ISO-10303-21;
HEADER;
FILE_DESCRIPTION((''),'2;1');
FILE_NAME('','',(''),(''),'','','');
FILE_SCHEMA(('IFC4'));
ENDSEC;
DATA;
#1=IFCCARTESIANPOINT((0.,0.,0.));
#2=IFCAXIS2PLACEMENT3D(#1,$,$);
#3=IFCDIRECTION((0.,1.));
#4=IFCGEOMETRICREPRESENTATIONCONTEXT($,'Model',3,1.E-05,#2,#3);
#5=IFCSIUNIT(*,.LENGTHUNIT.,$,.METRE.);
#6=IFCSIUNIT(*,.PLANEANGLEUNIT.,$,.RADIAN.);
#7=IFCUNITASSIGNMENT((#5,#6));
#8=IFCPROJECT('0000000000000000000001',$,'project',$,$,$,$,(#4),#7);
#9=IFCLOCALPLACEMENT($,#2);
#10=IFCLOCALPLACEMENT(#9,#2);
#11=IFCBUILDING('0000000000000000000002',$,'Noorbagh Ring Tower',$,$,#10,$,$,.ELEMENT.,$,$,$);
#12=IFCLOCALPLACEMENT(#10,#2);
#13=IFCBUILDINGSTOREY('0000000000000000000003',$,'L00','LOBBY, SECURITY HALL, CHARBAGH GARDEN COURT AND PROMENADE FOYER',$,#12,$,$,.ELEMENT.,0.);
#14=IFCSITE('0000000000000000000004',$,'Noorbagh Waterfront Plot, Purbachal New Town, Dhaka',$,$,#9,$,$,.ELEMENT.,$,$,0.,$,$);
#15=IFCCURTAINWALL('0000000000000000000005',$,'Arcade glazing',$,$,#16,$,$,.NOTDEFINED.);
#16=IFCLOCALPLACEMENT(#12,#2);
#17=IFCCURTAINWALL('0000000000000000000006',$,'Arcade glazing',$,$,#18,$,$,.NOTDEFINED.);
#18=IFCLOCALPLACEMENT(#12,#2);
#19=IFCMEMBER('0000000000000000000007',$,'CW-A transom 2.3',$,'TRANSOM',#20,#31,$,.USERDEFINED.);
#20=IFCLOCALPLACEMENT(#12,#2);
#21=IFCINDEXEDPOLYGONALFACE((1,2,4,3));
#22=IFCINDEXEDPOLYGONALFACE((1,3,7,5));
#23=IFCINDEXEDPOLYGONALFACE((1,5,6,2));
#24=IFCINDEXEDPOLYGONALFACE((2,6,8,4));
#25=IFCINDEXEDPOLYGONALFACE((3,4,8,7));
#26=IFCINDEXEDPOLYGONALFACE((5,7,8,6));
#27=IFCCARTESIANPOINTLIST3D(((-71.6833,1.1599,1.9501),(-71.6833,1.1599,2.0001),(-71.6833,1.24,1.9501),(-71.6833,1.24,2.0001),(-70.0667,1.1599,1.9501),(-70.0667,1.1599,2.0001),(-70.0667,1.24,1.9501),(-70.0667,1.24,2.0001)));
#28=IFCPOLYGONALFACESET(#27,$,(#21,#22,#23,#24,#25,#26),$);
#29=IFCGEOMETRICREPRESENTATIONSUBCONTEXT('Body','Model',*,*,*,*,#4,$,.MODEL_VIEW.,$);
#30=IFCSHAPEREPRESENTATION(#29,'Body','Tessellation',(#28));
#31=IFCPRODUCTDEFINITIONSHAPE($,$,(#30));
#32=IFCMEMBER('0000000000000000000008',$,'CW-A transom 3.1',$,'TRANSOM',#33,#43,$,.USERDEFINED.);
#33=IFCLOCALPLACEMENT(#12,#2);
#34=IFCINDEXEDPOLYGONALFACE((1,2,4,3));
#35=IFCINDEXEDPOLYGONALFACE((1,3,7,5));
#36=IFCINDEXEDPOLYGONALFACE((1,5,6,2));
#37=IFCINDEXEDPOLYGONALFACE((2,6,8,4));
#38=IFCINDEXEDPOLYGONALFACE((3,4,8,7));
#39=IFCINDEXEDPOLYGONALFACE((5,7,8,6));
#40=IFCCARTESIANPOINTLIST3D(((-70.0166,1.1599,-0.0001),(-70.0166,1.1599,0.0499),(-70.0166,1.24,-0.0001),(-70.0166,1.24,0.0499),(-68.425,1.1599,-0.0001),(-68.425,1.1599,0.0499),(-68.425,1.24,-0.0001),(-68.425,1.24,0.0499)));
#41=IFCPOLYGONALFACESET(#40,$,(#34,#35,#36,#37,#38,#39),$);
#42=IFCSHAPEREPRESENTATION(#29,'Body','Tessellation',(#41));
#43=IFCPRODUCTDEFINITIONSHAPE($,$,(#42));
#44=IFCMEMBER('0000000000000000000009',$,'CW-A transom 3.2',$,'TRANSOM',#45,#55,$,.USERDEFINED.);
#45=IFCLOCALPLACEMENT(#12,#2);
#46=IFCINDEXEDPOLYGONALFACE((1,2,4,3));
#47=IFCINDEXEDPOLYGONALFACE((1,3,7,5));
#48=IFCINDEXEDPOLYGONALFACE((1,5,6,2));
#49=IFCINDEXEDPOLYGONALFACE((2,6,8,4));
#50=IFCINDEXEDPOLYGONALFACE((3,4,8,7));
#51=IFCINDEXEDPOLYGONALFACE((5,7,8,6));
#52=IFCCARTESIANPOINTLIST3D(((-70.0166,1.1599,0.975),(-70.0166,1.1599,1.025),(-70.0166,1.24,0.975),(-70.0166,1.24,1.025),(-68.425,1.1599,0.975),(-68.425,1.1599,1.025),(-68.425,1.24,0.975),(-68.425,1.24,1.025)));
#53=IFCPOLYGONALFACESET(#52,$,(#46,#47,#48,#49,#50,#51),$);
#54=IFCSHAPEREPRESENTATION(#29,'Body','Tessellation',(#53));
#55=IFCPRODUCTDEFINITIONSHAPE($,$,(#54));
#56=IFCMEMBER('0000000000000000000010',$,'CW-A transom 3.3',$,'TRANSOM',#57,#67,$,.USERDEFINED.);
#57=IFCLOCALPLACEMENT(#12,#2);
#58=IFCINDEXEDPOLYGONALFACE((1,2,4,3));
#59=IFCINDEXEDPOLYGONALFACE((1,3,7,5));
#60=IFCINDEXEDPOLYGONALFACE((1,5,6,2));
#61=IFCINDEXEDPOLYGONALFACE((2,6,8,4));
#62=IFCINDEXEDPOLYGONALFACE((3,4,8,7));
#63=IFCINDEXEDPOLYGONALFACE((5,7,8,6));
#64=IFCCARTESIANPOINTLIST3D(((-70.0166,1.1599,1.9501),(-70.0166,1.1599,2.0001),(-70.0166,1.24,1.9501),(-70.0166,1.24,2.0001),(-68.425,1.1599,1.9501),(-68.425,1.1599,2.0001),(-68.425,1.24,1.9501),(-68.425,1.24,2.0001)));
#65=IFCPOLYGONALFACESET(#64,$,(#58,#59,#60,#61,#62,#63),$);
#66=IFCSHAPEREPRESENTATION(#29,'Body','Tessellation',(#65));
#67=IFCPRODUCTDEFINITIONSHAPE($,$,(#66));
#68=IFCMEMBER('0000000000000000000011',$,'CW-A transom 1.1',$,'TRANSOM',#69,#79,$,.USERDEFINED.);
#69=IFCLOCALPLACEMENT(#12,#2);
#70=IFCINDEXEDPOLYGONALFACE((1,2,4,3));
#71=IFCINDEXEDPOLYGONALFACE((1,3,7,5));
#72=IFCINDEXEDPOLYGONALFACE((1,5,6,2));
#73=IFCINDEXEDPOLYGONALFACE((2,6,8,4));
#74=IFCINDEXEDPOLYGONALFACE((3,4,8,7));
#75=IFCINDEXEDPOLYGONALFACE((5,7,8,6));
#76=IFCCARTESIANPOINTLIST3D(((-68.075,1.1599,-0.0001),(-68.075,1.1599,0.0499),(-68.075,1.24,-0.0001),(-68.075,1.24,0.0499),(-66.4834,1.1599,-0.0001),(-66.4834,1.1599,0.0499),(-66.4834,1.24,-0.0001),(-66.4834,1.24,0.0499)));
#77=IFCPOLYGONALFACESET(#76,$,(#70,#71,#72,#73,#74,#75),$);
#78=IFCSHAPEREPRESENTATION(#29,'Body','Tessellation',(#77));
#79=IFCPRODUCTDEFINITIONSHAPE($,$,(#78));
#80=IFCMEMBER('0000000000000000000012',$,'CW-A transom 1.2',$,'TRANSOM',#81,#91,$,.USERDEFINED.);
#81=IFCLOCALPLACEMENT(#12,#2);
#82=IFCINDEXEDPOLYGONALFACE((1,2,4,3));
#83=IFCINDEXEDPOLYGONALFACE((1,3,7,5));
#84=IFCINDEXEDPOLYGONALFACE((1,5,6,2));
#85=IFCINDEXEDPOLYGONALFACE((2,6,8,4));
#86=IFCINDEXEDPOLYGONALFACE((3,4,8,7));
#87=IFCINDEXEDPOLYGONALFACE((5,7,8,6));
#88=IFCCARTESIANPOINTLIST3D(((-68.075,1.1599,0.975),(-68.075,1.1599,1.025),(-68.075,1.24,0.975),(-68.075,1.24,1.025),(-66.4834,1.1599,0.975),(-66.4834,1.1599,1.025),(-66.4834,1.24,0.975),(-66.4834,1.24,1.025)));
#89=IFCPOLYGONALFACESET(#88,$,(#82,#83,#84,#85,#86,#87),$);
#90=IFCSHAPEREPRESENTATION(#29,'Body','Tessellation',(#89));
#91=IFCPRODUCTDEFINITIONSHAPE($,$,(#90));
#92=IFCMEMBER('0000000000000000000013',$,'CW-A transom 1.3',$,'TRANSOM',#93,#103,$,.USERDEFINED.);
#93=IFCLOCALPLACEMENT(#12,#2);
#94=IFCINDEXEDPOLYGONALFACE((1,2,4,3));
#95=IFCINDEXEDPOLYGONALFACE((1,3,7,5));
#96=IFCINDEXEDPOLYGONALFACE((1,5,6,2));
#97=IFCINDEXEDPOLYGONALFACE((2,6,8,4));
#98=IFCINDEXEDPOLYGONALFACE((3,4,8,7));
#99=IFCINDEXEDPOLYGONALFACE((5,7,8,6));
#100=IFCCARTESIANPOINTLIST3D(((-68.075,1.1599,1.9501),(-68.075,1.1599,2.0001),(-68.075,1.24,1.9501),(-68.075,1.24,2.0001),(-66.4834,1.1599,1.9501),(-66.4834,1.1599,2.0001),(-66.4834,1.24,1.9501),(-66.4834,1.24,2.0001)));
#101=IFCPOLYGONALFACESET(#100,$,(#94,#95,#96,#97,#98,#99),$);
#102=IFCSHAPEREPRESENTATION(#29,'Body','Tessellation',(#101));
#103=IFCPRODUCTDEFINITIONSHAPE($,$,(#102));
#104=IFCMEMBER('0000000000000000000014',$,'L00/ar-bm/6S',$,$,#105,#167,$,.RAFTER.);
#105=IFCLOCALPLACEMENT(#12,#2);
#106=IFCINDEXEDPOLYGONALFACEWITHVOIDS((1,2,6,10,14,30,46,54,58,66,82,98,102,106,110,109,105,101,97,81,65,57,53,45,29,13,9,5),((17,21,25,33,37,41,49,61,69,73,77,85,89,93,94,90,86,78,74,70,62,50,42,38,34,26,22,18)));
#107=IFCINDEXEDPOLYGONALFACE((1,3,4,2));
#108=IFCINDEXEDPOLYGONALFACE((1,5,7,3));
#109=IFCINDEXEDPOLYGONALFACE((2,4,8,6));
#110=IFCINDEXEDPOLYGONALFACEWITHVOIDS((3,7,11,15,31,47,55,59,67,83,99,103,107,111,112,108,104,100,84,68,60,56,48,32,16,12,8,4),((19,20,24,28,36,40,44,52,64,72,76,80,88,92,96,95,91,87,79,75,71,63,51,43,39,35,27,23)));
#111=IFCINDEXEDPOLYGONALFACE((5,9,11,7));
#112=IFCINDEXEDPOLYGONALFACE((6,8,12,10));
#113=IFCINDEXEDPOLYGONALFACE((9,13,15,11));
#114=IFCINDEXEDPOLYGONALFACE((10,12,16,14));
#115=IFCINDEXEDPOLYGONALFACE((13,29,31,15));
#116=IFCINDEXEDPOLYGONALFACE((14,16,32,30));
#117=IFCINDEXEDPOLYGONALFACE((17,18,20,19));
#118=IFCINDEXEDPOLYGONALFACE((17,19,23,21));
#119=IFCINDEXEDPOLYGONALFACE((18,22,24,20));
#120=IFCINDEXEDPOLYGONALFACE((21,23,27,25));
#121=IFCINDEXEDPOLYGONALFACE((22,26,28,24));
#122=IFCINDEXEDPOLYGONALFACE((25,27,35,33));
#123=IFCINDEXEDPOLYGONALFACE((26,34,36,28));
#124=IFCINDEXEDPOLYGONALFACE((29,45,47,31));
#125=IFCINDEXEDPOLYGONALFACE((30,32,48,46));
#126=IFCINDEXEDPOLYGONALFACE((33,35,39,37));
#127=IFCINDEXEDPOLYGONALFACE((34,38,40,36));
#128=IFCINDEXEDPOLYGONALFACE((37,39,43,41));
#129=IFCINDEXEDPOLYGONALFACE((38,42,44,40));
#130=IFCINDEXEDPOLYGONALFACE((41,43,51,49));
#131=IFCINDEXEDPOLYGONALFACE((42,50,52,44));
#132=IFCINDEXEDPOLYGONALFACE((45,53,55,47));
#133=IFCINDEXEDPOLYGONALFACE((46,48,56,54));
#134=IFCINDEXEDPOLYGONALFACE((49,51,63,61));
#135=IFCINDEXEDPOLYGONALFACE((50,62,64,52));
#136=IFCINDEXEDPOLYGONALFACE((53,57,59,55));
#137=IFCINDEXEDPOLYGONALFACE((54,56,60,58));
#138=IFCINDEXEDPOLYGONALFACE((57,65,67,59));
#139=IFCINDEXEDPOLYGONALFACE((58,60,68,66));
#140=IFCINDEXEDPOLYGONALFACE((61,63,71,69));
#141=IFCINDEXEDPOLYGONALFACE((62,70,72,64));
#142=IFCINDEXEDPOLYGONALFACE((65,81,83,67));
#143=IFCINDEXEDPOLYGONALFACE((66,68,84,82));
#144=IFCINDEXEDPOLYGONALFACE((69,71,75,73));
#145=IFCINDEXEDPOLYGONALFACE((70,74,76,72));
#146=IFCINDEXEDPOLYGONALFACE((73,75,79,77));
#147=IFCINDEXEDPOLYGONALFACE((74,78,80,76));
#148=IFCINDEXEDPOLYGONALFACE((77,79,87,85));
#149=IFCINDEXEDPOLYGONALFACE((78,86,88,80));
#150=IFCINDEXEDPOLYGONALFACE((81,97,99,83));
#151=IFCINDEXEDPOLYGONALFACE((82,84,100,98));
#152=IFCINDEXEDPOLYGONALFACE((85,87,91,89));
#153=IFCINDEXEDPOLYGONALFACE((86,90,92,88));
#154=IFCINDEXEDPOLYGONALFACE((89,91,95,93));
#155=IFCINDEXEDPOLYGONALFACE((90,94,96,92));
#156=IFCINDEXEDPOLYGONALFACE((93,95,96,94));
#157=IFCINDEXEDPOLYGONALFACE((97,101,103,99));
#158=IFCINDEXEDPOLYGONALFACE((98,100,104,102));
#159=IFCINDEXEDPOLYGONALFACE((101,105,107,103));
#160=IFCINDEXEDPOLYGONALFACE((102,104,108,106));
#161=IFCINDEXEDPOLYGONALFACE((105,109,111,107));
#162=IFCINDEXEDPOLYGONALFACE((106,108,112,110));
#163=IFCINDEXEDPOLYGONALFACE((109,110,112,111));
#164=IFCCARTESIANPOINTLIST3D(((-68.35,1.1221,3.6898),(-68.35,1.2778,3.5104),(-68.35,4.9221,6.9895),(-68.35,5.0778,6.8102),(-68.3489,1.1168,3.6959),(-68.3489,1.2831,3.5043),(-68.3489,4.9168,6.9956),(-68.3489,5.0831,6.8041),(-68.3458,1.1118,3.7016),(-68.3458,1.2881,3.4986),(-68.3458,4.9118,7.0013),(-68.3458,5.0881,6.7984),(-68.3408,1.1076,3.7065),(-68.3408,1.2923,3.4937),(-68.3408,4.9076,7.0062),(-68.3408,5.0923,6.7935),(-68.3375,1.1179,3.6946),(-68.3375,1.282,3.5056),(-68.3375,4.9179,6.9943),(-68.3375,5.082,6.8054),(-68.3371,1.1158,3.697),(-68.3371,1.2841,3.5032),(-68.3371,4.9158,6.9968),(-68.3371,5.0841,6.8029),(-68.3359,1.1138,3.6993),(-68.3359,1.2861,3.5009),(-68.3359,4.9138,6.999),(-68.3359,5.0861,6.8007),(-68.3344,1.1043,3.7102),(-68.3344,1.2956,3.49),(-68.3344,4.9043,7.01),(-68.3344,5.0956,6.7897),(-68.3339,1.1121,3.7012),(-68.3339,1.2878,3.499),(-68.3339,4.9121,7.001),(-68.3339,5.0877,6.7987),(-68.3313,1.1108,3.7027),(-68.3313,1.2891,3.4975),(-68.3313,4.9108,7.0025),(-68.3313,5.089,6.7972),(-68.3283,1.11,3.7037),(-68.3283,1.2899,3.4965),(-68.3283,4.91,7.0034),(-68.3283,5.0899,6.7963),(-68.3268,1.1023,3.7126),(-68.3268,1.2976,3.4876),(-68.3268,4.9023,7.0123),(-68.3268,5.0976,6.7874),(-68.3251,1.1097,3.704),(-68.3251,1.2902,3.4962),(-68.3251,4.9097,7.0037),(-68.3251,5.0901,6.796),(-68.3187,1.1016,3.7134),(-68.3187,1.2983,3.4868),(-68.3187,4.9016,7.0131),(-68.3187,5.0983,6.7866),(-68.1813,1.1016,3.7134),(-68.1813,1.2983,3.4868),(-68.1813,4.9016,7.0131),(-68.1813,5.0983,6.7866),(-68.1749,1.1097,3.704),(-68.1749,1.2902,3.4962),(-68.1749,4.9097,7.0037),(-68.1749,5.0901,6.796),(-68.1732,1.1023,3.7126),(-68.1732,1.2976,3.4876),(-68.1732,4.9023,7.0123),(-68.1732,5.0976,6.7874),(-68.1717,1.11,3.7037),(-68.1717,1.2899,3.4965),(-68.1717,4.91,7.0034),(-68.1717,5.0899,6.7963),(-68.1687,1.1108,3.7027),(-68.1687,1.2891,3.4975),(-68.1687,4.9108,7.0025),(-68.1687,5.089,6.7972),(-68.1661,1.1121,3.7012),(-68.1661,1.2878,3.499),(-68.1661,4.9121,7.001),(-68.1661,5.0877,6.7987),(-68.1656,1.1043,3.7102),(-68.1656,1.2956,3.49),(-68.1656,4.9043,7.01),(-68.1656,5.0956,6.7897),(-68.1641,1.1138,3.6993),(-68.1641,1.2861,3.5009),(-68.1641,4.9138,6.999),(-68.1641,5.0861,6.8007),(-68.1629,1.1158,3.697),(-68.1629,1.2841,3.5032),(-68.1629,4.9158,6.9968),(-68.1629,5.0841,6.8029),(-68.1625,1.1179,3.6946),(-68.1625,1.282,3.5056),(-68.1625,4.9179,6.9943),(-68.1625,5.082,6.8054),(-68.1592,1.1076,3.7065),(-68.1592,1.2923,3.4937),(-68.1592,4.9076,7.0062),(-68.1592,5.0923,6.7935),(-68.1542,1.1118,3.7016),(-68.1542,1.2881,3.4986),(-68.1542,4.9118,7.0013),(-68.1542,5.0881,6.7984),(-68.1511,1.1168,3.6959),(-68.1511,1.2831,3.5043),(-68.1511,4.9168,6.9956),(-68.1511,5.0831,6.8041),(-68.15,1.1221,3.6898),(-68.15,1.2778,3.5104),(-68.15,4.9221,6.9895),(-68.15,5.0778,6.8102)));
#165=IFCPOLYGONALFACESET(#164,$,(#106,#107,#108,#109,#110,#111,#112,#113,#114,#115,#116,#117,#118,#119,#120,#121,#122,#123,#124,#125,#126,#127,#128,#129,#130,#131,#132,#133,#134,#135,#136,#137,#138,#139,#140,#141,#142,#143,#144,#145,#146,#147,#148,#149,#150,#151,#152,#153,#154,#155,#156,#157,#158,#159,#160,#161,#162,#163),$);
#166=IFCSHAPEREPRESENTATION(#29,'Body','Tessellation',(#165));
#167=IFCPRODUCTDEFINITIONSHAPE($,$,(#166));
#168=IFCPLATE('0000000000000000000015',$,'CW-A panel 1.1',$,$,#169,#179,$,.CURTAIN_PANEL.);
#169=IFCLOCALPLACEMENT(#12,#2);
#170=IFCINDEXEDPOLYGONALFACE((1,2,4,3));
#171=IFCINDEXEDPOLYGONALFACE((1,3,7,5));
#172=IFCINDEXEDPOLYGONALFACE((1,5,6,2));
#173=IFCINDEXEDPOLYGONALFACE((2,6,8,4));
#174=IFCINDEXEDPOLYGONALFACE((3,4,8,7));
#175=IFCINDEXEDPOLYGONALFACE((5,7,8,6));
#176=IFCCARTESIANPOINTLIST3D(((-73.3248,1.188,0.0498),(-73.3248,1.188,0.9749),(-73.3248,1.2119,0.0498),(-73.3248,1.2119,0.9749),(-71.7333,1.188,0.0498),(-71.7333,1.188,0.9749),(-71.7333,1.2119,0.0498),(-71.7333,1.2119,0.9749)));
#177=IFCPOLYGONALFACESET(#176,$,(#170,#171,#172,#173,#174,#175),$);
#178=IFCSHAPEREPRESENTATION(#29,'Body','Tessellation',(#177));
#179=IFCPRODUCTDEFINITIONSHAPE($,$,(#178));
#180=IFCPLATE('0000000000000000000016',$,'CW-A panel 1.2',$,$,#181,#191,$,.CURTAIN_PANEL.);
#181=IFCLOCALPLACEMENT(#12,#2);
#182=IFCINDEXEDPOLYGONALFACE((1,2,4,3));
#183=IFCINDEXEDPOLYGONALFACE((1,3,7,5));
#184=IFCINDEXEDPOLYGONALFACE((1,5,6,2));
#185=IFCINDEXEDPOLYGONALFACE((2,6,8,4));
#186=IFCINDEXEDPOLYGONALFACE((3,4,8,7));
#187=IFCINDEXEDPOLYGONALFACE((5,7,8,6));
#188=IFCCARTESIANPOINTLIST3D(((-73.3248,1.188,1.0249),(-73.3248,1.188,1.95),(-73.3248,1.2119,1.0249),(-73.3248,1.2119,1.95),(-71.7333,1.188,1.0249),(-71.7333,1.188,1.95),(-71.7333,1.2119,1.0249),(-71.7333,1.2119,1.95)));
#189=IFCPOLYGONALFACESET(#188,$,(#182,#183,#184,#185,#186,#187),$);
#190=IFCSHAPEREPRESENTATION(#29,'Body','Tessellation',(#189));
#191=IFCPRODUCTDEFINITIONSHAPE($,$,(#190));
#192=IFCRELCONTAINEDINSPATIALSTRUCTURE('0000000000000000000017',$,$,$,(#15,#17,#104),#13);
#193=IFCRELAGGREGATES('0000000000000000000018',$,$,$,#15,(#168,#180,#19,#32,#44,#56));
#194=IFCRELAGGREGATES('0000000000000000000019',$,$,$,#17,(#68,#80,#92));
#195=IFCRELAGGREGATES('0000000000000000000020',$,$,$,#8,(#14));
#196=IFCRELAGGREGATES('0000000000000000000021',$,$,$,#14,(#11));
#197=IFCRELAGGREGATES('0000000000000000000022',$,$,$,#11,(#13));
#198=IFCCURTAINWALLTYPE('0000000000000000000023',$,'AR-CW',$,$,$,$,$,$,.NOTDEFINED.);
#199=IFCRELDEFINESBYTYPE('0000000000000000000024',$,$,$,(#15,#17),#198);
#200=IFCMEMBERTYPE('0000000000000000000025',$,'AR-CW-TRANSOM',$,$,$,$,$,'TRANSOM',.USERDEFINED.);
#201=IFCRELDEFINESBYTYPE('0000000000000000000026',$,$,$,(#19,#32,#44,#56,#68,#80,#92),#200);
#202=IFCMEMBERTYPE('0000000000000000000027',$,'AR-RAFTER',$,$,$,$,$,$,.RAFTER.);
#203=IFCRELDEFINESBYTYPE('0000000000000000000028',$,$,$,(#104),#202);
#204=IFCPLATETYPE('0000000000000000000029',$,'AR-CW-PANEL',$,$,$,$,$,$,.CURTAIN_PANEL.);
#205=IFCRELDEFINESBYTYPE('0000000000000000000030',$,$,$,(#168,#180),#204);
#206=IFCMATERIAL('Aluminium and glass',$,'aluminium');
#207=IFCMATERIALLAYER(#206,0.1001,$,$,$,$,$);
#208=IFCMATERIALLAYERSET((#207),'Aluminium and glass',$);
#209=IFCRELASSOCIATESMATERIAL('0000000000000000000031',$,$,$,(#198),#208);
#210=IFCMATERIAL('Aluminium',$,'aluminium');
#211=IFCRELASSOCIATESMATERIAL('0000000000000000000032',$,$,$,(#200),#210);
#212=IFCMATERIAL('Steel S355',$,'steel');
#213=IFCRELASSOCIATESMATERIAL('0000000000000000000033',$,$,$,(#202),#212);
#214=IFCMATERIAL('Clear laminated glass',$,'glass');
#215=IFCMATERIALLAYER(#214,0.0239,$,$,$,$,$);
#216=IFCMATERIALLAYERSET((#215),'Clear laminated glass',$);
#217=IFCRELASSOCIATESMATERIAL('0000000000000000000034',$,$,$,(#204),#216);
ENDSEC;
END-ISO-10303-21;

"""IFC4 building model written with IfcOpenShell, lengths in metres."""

from ifc_helpers import new_model, si_unit, direction, frame, origin, origin_2d, place, context, subcontext, project, spatial, rectangle, hollow_rectangle, extrude, material, layer, layer_set, material_profile, profile_set, type_object, element, aggregate, save


model = new_model("IFC4")

# Units and contexts
model_context = context("Model", 3, precision=1e-05, world=origin(), true_north=direction((0.0, 1.0)))
body_context = subcontext(model_context, "Body", "Model", "MODEL_VIEW")
ifc_project = project(units=[si_unit("LENGTHUNIT", "METRE"), si_unit("PLANEANGLEUNIT", "RADIAN")], contexts=[model_context])

# Site, building, storey
site_placement = place(None, origin())
site = spatial("IfcSite", under=ifc_project, at=site_placement, Name="Noorbagh Waterfront Plot, Purbachal New Town, Dhaka", CompositionType="ELEMENT", RefElevation=0.0)
building_placement = place(site_placement, origin())
building = spatial("IfcBuilding", under=site, at=building_placement, Name="Noorbagh Ring Tower", CompositionType="ELEMENT")
storey_placement = place(building_placement, origin())
storey = spatial("IfcBuildingStorey", under=building, at=storey_placement, Name="L00", Description="LOBBY, SECURITY HALL, CHARBAGH GARDEN COURT AND PROMENADE FOYER", CompositionType="ELEMENT", Elevation=0.0)

# Curtain wall
ifc_material_1 = material(Name="Aluminium and glass", Category="aluminium")
ifc_layer_1 = layer(ifc_material_1, 0.1001)
ifc_layer_set_1 = layer_set([ifc_layer_1], Name="Aluminium and glass")
curtain_wall_type = type_object("IfcCurtainWallType", Name="AR-CW", PredefinedType="NOTDEFINED", material=ifc_layer_set_1)
curtain_wall_1_placement = place(storey_placement, origin())
curtain_wall_1 = element("IfcCurtainWall", 1, at=curtain_wall_1_placement, inside=storey, type_object=curtain_wall_type, Name="Arcade glazing", PredefinedType="NOTDEFINED")

# Curtain wall
curtain_wall_2_placement = place(storey_placement, origin())
curtain_wall_2 = element("IfcCurtainWall", 2, at=curtain_wall_2_placement, inside=storey, type_object=curtain_wall_type, Name="Arcade glazing", PredefinedType="NOTDEFINED")

# Members
ifc_material_2 = material(Name="Aluminium", Category="aluminium")
ifc_material_profile_1 = material_profile(ifc_material_2, rectangle(XDim=0.0801, YDim=0.05, at=origin_2d()), Name="AL 80x50")
ifc_profile_set_1 = profile_set([ifc_material_profile_1], Name="Aluminium")
member_type_1 = type_object("IfcMemberType", Name="AR-CW-TRANSOM", ElementType="TRANSOM", PredefinedType="USERDEFINED", material=ifc_profile_set_1)
member_1_placement = place(storey_placement, frame((-71.6833, 1.2, 1.9751), z_axis=(1.0, 0.0, 0.0), x_axis=(0.0, 1.0, 0.0)))
member_1 = element("IfcMember", 3, at=member_1_placement, type_object=member_type_1, Name="CW-A transom 2.3", ObjectType="TRANSOM", PredefinedType="USERDEFINED", context=body_context, shape_type="SweptSolid", body=[
    extrude(rectangle(XDim=0.0801, YDim=0.05, at=origin_2d()), origin(), (0.0, 0.0, 1.0), 1.6167),
])
member_2_placement = place(storey_placement, frame((-70.0166, 1.2, 0.0249), z_axis=(1.0, 0.0, 0.0), x_axis=(0.0, 1.0, 0.0)))
member_2 = element("IfcMember", 4, at=member_2_placement, type_object=member_type_1, Name="CW-A transom 3.1", ObjectType="TRANSOM", PredefinedType="USERDEFINED", context=body_context, shape_type="SweptSolid", body=[
    extrude(rectangle(XDim=0.0801, YDim=0.05, at=origin_2d()), origin(), (0.0, 0.0, 1.0), 1.5916),
])
member_3_placement = place(storey_placement, frame((-70.0166, 1.2, 1.0), z_axis=(1.0, 0.0, 0.0), x_axis=(0.0, 1.0, 0.0)))
member_3 = element("IfcMember", 5, at=member_3_placement, type_object=member_type_1, Name="CW-A transom 3.2", ObjectType="TRANSOM", PredefinedType="USERDEFINED", context=body_context, shape_type="SweptSolid", body=[
    extrude(rectangle(XDim=0.0801, YDim=0.05, at=origin_2d()), origin(), (0.0, 0.0, 1.0), 1.5916),
])
member_4_placement = place(storey_placement, frame((-70.0166, 1.2, 1.9751), z_axis=(1.0, 0.0, 0.0), x_axis=(0.0, 1.0, 0.0)))
member_4 = element("IfcMember", 6, at=member_4_placement, type_object=member_type_1, Name="CW-A transom 3.3", ObjectType="TRANSOM", PredefinedType="USERDEFINED", context=body_context, shape_type="SweptSolid", body=[
    extrude(rectangle(XDim=0.0801, YDim=0.05, at=origin_2d()), origin(), (0.0, 0.0, 1.0), 1.5916),
])
member_5_placement = place(storey_placement, frame((-68.075, 1.2, 0.0249), z_axis=(1.0, 0.0, 0.0), x_axis=(0.0, 1.0, 0.0)))
member_5 = element("IfcMember", 7, at=member_5_placement, type_object=member_type_1, Name="CW-A transom 1.1", ObjectType="TRANSOM", PredefinedType="USERDEFINED", context=body_context, shape_type="SweptSolid", body=[
    extrude(rectangle(XDim=0.0801, YDim=0.05, at=origin_2d()), origin(), (0.0, 0.0, 1.0), 1.5916),
])
member_6_placement = place(storey_placement, frame((-68.075, 1.2, 1.0), z_axis=(1.0, 0.0, 0.0), x_axis=(0.0, 1.0, 0.0)))
member_6 = element("IfcMember", 8, at=member_6_placement, type_object=member_type_1, Name="CW-A transom 1.2", ObjectType="TRANSOM", PredefinedType="USERDEFINED", context=body_context, shape_type="SweptSolid", body=[
    extrude(rectangle(XDim=0.0801, YDim=0.05, at=origin_2d()), origin(), (0.0, 0.0, 1.0), 1.5916),
])
member_7_placement = place(storey_placement, frame((-68.075, 1.2, 1.9751), z_axis=(1.0, 0.0, 0.0), x_axis=(0.0, 1.0, 0.0)))
member_7 = element("IfcMember", 9, at=member_7_placement, type_object=member_type_1, Name="CW-A transom 1.3", ObjectType="TRANSOM", PredefinedType="USERDEFINED", context=body_context, shape_type="SweptSolid", body=[
    extrude(rectangle(XDim=0.0801, YDim=0.05, at=origin_2d()), origin(), (0.0, 0.0, 1.0), 1.5916),
])
ifc_material_3 = material(Name="Steel S355", Category="steel")
ifc_material_profile_2 = material_profile(ifc_material_3, hollow_rectangle(XDim=0.2, YDim=0.3, WallThickness=0.0125, InnerFilletRadius=0.0125, OuterFilletRadius=0.0312, at=origin_2d()), Name="RHS300x200x12.5")
ifc_profile_set_2 = profile_set([ifc_material_profile_2], Name="Steel S355")
member_type_2 = type_object("IfcMemberType", Name="AR-RAFTER", PredefinedType="RAFTER", material=ifc_profile_set_2)
member_8_placement = place(storey_placement, frame((-68.25, 1.2, 3.6001), z_axis=(0.0, 0.755057, 0.65566), x_axis=(-1.0, 0.0, 0.0)))
element("IfcMember", 10, at=member_8_placement, inside=storey, type_object=member_type_2, Name="L00/ar-bm/6S", PredefinedType="RAFTER", context=body_context, shape_type="SweptSolid", body=[
    extrude(hollow_rectangle(XDim=0.2, YDim=0.3, WallThickness=0.0125, InnerFilletRadius=0.0125, OuterFilletRadius=0.0312, at=origin_2d()), origin(), (0.0, 0.0, 1.0), 5.0327),
])

# Plates
ifc_material_4 = material(Name="Clear laminated glass", Category="glass")
ifc_layer_2 = layer(ifc_material_4, 0.0239)
ifc_layer_set_2 = layer_set([ifc_layer_2], Name="Clear laminated glass")
plate_type = type_object("IfcPlateType", Name="AR-CW-PANEL", PredefinedType="CURTAIN_PANEL", material=ifc_layer_set_2)
plate_1_placement = place(storey_placement, frame((-72.5291, 1.2, 0.0498), z_axis=(0.0, 0.0, 1.0), x_axis=(1.0, 0.0, 0.0)))
plate_1 = element("IfcPlate", 11, at=plate_1_placement, type_object=plate_type, Name="CW-A panel 1.1", PredefinedType="CURTAIN_PANEL", context=body_context, shape_type="SweptSolid", body=[
    extrude(rectangle(XDim=1.5916, YDim=0.0239, at=origin_2d()), origin(), (0.0, 0.0, 1.0), 0.925),
])
plate_2_placement = place(storey_placement, frame((-72.5291, 1.2, 1.0249), z_axis=(0.0, 0.0, 1.0), x_axis=(1.0, 0.0, 0.0)))
plate_2 = element("IfcPlate", 12, at=plate_2_placement, type_object=plate_type, Name="CW-A panel 1.2", PredefinedType="CURTAIN_PANEL", context=body_context, shape_type="SweptSolid", body=[
    extrude(rectangle(XDim=1.5916, YDim=0.0239, at=origin_2d()), origin(), (0.0, 0.0, 1.0), 0.925),
])
aggregate(curtain_wall_1, [plate_1, plate_2, member_1, member_2, member_3, member_4])
aggregate(curtain_wall_2, [member_5, member_6, member_7])

save(model, "model.ifc")
